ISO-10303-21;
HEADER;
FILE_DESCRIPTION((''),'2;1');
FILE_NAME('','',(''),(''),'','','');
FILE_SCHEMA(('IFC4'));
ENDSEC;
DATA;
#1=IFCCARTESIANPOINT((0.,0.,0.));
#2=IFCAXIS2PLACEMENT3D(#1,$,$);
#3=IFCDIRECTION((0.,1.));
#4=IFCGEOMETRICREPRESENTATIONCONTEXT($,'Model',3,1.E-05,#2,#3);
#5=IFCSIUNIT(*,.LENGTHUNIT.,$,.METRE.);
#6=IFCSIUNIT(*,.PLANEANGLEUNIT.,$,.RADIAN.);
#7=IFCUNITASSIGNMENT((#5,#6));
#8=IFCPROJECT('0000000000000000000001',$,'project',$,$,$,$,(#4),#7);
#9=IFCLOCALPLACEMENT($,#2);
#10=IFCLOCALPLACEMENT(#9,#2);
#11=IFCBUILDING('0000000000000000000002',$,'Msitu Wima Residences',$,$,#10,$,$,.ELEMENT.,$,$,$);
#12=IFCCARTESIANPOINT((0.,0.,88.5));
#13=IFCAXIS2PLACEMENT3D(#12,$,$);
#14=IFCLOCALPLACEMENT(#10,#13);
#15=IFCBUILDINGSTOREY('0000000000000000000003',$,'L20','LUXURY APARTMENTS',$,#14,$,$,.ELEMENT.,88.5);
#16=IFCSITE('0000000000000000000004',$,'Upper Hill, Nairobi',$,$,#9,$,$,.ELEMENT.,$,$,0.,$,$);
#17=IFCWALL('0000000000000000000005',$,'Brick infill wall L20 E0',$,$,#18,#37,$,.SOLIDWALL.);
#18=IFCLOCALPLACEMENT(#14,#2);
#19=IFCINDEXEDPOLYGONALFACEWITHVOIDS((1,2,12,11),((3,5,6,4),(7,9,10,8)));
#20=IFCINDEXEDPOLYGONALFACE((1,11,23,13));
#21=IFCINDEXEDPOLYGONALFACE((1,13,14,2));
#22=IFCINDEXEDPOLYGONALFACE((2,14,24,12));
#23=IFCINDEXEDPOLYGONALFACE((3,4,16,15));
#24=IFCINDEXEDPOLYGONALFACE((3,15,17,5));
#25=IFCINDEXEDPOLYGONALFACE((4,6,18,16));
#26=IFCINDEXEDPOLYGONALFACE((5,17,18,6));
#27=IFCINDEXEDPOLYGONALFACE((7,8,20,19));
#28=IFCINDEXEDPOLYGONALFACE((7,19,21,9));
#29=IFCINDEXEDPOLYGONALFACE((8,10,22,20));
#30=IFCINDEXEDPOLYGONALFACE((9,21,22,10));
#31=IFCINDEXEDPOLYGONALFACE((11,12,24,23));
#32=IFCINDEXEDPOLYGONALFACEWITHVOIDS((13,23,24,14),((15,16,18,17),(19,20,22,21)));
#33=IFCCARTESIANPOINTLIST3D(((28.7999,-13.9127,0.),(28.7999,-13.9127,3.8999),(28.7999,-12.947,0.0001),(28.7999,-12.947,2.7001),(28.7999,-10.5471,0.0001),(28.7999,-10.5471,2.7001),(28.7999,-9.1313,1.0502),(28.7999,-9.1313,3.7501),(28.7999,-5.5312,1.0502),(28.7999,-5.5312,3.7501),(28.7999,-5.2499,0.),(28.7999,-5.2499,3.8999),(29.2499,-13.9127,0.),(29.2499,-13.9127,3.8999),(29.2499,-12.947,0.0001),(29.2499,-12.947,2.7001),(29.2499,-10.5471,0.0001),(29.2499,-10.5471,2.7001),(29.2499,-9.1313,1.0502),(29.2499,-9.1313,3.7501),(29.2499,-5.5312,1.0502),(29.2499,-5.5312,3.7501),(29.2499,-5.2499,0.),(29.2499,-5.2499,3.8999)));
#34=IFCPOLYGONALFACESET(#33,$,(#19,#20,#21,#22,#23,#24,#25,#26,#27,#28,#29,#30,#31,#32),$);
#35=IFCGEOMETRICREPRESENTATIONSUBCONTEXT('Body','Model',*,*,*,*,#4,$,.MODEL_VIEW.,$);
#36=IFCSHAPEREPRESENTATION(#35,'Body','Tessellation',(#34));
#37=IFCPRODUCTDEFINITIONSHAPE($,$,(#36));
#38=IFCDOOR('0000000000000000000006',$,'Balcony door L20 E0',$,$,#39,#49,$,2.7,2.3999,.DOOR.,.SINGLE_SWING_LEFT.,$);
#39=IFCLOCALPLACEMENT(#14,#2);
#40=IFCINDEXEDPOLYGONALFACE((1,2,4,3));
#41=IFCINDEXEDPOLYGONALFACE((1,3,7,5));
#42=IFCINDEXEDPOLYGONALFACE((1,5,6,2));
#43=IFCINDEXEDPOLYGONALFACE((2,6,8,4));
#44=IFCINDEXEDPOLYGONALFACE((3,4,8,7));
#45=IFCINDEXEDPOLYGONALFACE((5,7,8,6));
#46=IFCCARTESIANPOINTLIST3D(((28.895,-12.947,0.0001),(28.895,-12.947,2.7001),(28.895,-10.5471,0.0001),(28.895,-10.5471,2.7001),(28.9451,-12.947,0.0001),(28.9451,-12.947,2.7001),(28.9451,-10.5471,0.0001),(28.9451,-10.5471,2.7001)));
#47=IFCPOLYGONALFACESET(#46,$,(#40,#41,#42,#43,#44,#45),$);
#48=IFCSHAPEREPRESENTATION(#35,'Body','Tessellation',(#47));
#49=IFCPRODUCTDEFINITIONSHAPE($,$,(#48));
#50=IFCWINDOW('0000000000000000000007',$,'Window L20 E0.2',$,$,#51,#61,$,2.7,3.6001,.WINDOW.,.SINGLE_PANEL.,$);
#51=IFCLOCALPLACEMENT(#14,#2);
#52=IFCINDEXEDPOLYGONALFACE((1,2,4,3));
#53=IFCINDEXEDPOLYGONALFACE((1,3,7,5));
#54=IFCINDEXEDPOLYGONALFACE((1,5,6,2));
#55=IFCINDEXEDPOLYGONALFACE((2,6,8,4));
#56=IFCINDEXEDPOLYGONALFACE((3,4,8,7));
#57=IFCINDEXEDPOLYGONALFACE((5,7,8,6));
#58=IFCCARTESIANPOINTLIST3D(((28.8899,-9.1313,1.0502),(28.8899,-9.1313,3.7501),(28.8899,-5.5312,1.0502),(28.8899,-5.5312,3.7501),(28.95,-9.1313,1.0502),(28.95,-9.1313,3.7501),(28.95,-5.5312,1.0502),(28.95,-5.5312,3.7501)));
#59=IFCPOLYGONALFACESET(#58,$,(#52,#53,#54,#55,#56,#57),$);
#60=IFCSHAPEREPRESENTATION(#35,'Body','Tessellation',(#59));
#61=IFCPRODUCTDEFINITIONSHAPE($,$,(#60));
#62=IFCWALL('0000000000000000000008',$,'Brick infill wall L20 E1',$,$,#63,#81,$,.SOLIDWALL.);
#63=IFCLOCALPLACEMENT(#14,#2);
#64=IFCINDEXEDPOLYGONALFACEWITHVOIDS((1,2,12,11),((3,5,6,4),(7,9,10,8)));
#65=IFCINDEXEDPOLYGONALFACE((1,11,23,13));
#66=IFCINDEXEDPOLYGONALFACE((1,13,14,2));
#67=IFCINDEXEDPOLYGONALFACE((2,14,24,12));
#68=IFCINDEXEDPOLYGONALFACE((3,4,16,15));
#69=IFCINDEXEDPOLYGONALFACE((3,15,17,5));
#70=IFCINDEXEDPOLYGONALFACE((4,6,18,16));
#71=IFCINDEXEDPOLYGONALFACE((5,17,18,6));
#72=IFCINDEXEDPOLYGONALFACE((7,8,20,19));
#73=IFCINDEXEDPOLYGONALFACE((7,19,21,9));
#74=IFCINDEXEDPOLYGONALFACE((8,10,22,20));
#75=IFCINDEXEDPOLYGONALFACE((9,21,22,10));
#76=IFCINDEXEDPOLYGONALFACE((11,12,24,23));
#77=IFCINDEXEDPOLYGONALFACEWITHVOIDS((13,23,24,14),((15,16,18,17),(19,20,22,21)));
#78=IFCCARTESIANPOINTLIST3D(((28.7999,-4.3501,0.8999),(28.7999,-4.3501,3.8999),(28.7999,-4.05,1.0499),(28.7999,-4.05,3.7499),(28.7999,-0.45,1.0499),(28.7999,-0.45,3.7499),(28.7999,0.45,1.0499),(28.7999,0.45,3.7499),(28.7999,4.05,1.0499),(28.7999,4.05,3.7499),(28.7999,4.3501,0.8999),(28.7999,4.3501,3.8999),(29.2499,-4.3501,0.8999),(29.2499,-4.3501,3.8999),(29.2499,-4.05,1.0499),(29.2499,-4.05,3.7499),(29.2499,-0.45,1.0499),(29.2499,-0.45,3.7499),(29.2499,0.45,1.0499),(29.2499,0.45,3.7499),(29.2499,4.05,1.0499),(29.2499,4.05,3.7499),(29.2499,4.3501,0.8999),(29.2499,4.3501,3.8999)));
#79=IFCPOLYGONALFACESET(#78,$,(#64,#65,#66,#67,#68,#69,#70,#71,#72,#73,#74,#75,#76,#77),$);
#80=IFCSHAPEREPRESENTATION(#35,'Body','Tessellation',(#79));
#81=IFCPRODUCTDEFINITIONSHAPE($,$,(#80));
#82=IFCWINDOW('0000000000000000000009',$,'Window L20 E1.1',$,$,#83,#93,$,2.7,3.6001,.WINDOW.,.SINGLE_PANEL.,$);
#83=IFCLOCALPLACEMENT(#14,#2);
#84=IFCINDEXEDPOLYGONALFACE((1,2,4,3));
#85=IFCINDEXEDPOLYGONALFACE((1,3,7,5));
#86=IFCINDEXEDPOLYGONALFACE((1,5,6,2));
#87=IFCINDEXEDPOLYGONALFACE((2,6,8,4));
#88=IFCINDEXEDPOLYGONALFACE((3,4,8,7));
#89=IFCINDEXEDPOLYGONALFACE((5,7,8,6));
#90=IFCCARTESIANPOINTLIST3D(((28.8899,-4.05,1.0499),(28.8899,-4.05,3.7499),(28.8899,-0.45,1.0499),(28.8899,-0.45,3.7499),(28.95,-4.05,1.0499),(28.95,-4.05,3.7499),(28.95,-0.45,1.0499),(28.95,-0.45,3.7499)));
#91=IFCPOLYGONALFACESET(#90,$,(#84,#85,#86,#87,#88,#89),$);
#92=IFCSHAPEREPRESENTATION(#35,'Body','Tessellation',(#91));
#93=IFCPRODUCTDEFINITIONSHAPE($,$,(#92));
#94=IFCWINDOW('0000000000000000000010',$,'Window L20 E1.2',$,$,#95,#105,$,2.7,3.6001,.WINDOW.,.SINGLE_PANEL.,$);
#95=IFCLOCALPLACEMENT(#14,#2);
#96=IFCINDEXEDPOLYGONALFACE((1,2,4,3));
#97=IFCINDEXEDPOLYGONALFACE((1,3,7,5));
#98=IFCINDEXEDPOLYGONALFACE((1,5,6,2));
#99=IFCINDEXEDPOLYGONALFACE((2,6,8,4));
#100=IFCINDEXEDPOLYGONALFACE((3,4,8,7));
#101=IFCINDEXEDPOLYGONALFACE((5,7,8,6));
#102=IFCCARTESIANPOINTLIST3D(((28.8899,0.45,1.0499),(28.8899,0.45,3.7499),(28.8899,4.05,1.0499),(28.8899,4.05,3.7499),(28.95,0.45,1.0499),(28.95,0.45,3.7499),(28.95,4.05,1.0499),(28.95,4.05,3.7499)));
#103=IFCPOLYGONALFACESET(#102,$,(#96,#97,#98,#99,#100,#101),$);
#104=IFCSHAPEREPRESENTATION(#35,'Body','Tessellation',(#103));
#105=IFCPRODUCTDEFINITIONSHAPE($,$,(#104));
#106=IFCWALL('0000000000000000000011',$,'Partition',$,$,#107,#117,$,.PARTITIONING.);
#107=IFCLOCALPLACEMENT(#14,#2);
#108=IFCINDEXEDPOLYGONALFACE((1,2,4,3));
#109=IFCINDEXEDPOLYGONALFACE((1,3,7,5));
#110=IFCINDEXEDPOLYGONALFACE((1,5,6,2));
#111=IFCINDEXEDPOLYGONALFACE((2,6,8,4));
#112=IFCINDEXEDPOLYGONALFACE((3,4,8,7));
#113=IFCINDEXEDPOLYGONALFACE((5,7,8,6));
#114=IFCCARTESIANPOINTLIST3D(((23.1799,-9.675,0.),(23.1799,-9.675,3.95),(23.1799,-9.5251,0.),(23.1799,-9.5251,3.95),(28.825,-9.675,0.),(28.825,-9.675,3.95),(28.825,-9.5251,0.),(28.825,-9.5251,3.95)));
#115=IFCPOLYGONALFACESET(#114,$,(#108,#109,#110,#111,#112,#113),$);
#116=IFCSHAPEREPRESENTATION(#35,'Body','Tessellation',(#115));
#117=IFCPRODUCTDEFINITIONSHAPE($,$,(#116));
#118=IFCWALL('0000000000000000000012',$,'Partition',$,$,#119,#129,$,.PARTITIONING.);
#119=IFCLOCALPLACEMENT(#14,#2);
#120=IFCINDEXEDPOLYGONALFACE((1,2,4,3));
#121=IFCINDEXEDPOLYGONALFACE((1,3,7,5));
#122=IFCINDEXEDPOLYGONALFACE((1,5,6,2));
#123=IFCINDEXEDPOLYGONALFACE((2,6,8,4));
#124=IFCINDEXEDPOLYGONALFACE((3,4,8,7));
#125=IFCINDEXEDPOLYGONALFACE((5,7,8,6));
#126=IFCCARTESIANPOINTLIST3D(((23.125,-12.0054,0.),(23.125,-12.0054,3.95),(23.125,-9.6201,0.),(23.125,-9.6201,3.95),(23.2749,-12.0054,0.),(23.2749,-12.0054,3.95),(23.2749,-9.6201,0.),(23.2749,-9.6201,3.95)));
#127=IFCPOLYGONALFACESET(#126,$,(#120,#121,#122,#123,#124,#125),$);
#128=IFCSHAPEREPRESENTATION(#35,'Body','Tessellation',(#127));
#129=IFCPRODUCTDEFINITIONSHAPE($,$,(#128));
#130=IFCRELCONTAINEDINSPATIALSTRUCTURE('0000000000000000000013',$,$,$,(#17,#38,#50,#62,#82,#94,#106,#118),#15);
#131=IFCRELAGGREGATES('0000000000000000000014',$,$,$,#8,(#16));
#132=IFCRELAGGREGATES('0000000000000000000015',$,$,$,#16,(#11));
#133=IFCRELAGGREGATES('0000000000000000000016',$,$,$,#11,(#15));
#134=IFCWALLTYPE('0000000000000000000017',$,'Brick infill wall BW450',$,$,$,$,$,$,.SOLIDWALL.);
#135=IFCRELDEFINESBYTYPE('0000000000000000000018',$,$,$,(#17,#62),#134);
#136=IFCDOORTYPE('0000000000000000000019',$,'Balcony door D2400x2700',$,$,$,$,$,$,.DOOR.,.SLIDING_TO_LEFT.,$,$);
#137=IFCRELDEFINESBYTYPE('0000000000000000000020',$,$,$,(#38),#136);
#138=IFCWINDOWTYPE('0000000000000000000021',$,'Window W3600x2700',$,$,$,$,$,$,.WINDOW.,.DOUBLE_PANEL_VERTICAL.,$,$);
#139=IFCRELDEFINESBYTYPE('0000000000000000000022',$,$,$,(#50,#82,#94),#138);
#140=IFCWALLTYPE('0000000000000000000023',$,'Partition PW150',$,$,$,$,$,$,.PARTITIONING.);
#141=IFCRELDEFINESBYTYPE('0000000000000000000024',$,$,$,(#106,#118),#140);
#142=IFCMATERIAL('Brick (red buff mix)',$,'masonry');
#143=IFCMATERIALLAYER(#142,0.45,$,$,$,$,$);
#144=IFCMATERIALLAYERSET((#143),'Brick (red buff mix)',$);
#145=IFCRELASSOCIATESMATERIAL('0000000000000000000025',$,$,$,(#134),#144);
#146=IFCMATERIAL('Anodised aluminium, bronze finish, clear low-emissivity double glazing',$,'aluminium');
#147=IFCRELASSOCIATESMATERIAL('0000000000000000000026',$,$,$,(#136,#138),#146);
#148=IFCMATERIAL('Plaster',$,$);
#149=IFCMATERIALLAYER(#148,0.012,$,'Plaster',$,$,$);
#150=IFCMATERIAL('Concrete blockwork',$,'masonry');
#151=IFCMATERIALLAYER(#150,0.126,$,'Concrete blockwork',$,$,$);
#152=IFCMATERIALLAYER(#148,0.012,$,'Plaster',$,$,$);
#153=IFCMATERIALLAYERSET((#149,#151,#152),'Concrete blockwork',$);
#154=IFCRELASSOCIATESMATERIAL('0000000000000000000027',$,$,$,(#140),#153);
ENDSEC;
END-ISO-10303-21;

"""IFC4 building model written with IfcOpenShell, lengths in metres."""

from ifc_helpers import new_model, si_unit, direction, frame, frame_2d, origin, place, context, subcontext, project, spatial, rectangle, extrude, material, layer, layer_set, type_object, element, fill, save


model = new_model("IFC4")

# Units and contexts
model_context = context("Model", 3, precision=1e-05, world=origin(), true_north=direction((0.0, 1.0)))
body_context = subcontext(model_context, "Body", "Model", "MODEL_VIEW")
ifc_project = project(units=[si_unit("LENGTHUNIT", "METRE"), si_unit("PLANEANGLEUNIT", "RADIAN")], contexts=[model_context])

# Site, building, storey
site_placement = place(None, origin())
site = spatial("IfcSite", under=ifc_project, at=site_placement, Name="Upper Hill, Nairobi", CompositionType="ELEMENT", RefElevation=0.0)
building_placement = place(site_placement, origin())
building = spatial("IfcBuilding", under=site, at=building_placement, Name="Msitu Wima Residences", CompositionType="ELEMENT")
storey_placement = place(building_placement, frame((0.0, 0.0, 88.5)))
storey = spatial("IfcBuildingStorey", under=building, at=storey_placement, Name="L20", Description="LUXURY APARTMENTS", CompositionType="ELEMENT", Elevation=88.5)

# Wall, openings, door, window
ifc_material_1 = material(Name="Brick (red buff mix)", Category="masonry")
ifc_layer_1 = layer(ifc_material_1, 0.45)
ifc_layer_set_1 = layer_set([ifc_layer_1], Name="Brick (red buff mix)")
wall_type_1 = type_object("IfcWallType", Name="Brick infill wall BW450", PredefinedType="SOLIDWALL", material=ifc_layer_set_1)
wall_1_placement = place(storey_placement, frame((29.0249, -13.9128, 0.0), z_axis=(0.0, 0.0, 1.0), x_axis=(0.0, 1.0, 0.0)))
wall_1 = element("IfcWall", 1, at=wall_1_placement, inside=storey, type_object=wall_type_1, Name="Brick infill wall L20 E0", PredefinedType="SOLIDWALL", context=body_context, shape_type="SweptSolid", body=[
    extrude(rectangle(XDim=8.6628, YDim=0.45, at=frame_2d((4.3315, 0.0))), origin(), (0.0, 0.0, 1.0), 3.8999),
])
opening_1_placement = place(wall_1_placement, frame((0.9658, 0.0, 0.0)))
opening_1 = element("IfcOpeningElement", 2, at=opening_1_placement, cuts=wall_1, PredefinedType="OPENING", context=body_context, shape_type="SweptSolid", body=[
    extrude(rectangle(XDim=2.3999, YDim=2.7, at=frame_2d((1.2, 1.3501))), frame((0.0, 0.2349, 0.0), z_axis=(0.0, -1.0, 0.0), x_axis=(1.0, 0.0, 0.0)), (0.0, 0.0, 1.0), 0.47),
])
opening_2_placement = place(wall_1_placement, frame((4.7815, 0.0, 1.05)))
opening_2 = element("IfcOpeningElement", 3, at=opening_2_placement, cuts=wall_1, PredefinedType="OPENING", context=body_context, shape_type="SweptSolid", body=[
    extrude(rectangle(XDim=3.6001, YDim=2.7, at=frame_2d((1.8, 1.3501))), frame((0.0, 0.2349, 0.0), z_axis=(0.0, -1.0, 0.0), x_axis=(1.0, 0.0, 0.0)), (0.0, 0.0, 1.0), 0.47),
])
ifc_material_2 = material(Name="Anodised aluminium, bronze finish, clear low-emissivity double glazing", Category="aluminium")
door_type_1 = type_object("IfcDoorType", Name="Balcony door D2400x2700", OperationType="SLIDING_TO_LEFT", PredefinedType="DOOR", material=ifc_material_2)
door_1_placement = place(opening_1_placement, origin())
door_1 = element("IfcDoor", 4, at=door_1_placement, inside=storey, type_object=door_type_1, Name="Balcony door L20 E0", OperationType="SINGLE_SWING_LEFT", OverallHeight=2.7, OverallWidth=2.3999, PredefinedType="DOOR", context=body_context, shape_type="SweptSolid", body=[
    extrude(rectangle(XDim=2.3999, YDim=2.7, at=frame_2d((1.2, 1.3501))), frame((0.0, 0.1299, 0.0), z_axis=(0.0, -1.0, 0.0), x_axis=(1.0, 0.0, 0.0)), (0.0, 0.0, 1.0), 0.05),
])
fill(opening_1, door_1)
window_type = type_object("IfcWindowType", Name="Window W3600x2700", PartitioningType="DOUBLE_PANEL_VERTICAL", PredefinedType="WINDOW", material=ifc_material_2)
window_1_placement = place(opening_2_placement, origin())
window_1 = element("IfcWindow", 5, at=window_1_placement, inside=storey, type_object=window_type, Name="Window L20 E0.2", OverallHeight=2.7, OverallWidth=3.6001, PartitioningType="SINGLE_PANEL", PredefinedType="WINDOW", context=body_context, shape_type="SweptSolid", body=[
    extrude(rectangle(XDim=3.6001, YDim=2.7, at=frame_2d((1.8, 1.3501))), frame((0.0, 0.135, 0.0), z_axis=(0.0, -1.0, 0.0), x_axis=(1.0, 0.0, 0.0)), (0.0, 0.0, 1.0), 0.0601),
])
fill(opening_2, window_1)

# Wall, openings, windows
wall_2_placement = place(storey_placement, frame((29.0249, -4.3501, 0.8999), z_axis=(0.0, 0.0, 1.0), x_axis=(0.0, 1.0, 0.0)))
wall_2 = element("IfcWall", 6, at=wall_2_placement, inside=storey, type_object=wall_type_1, Name="Brick infill wall L20 E1", PredefinedType="SOLIDWALL", context=body_context, shape_type="SweptSolid", body=[
    extrude(rectangle(XDim=8.7002, YDim=0.45, at=frame_2d((4.3501, 0.0))), origin(), (0.0, 0.0, 1.0), 3.0),
])
opening_3_placement = place(wall_2_placement, frame((0.3, 0.0, 0.1499)))
opening_3 = element("IfcOpeningElement", 7, at=opening_3_placement, cuts=wall_2, PredefinedType="OPENING", context=body_context, shape_type="SweptSolid", body=[
    extrude(rectangle(XDim=3.6001, YDim=2.7, at=frame_2d((1.8, 1.3501))), frame((0.0, 0.2349, 0.0), z_axis=(0.0, -1.0, 0.0), x_axis=(1.0, 0.0, 0.0)), (0.0, 0.0, 1.0), 0.47),
])
opening_4_placement = place(wall_2_placement, frame((4.8, 0.0, 0.1499)))
opening_4 = element("IfcOpeningElement", 8, at=opening_4_placement, cuts=wall_2, PredefinedType="OPENING", context=body_context, shape_type="SweptSolid", body=[
    extrude(rectangle(XDim=3.6001, YDim=2.7, at=frame_2d((1.8, 1.3501))), frame((0.0, 0.2349, 0.0), z_axis=(0.0, -1.0, 0.0), x_axis=(1.0, 0.0, 0.0)), (0.0, 0.0, 1.0), 0.47),
])
window_2_placement = place(opening_3_placement, origin())
window_2 = element("IfcWindow", 9, at=window_2_placement, inside=storey, type_object=window_type, Name="Window L20 E1.1", OverallHeight=2.7, OverallWidth=3.6001, PartitioningType="SINGLE_PANEL", PredefinedType="WINDOW", context=body_context, shape_type="SweptSolid", body=[
    extrude(rectangle(XDim=3.6001, YDim=2.7, at=frame_2d((1.8, 1.3501))), frame((0.0, 0.135, 0.0), z_axis=(0.0, -1.0, 0.0), x_axis=(1.0, 0.0, 0.0)), (0.0, 0.0, 1.0), 0.0601),
])
fill(opening_3, window_2)
window_3_placement = place(opening_4_placement, origin())
window_3 = element("IfcWindow", 10, at=window_3_placement, inside=storey, type_object=window_type, Name="Window L20 E1.2", OverallHeight=2.7, OverallWidth=3.6001, PartitioningType="SINGLE_PANEL", PredefinedType="WINDOW", context=body_context, shape_type="SweptSolid", body=[
    extrude(rectangle(XDim=3.6001, YDim=2.7, at=frame_2d((1.8, 1.3501))), frame((0.0, 0.135, 0.0), z_axis=(0.0, -1.0, 0.0), x_axis=(1.0, 0.0, 0.0)), (0.0, 0.0, 1.0), 0.0601),
])
fill(opening_4, window_3)

# Walls
ifc_material_3 = material(Name="Plaster")
ifc_layer_2 = layer(ifc_material_3, 0.012, Name="Plaster")
ifc_material_4 = material(Name="Concrete blockwork", Category="masonry")
ifc_layer_3 = layer(ifc_material_4, 0.126, Name="Concrete blockwork")
ifc_layer_4 = layer(ifc_material_3, 0.012, Name="Plaster")
ifc_layer_set_2 = layer_set([ifc_layer_2, ifc_layer_3, ifc_layer_4], Name="Concrete blockwork")
wall_type_2 = type_object("IfcWallType", Name="Partition PW150", PredefinedType="PARTITIONING", material=ifc_layer_set_2)
wall_3_placement = place(storey_placement, frame((23.1799, -9.6001, 0.0), z_axis=(0.0, 0.0, 1.0), x_axis=(1.0, 0.0, 0.0)))
element("IfcWall", 11, at=wall_3_placement, inside=storey, type_object=wall_type_2, Name="Partition", PredefinedType="PARTITIONING", context=body_context, shape_type="SweptSolid", body=[
    extrude(rectangle(XDim=5.645, YDim=0.1499, at=frame_2d((2.8225, 0.0))), origin(), (0.0, 0.0, 1.0), 3.95),
])
wall_4_placement = place(storey_placement, frame((23.2, -12.0054, 0.0), z_axis=(0.0, 0.0, 1.0), x_axis=(0.0, 1.0, 0.0)))
element("IfcWall", 12, at=wall_4_placement, inside=storey, type_object=wall_type_2, Name="Partition", PredefinedType="PARTITIONING", context=body_context, shape_type="SweptSolid", body=[
    extrude(rectangle(XDim=2.3853, YDim=0.1499, at=frame_2d((1.1926, 0.0))), origin(), (0.0, 0.0, 1.0), 3.95),
])

save(model, "model.ifc")
